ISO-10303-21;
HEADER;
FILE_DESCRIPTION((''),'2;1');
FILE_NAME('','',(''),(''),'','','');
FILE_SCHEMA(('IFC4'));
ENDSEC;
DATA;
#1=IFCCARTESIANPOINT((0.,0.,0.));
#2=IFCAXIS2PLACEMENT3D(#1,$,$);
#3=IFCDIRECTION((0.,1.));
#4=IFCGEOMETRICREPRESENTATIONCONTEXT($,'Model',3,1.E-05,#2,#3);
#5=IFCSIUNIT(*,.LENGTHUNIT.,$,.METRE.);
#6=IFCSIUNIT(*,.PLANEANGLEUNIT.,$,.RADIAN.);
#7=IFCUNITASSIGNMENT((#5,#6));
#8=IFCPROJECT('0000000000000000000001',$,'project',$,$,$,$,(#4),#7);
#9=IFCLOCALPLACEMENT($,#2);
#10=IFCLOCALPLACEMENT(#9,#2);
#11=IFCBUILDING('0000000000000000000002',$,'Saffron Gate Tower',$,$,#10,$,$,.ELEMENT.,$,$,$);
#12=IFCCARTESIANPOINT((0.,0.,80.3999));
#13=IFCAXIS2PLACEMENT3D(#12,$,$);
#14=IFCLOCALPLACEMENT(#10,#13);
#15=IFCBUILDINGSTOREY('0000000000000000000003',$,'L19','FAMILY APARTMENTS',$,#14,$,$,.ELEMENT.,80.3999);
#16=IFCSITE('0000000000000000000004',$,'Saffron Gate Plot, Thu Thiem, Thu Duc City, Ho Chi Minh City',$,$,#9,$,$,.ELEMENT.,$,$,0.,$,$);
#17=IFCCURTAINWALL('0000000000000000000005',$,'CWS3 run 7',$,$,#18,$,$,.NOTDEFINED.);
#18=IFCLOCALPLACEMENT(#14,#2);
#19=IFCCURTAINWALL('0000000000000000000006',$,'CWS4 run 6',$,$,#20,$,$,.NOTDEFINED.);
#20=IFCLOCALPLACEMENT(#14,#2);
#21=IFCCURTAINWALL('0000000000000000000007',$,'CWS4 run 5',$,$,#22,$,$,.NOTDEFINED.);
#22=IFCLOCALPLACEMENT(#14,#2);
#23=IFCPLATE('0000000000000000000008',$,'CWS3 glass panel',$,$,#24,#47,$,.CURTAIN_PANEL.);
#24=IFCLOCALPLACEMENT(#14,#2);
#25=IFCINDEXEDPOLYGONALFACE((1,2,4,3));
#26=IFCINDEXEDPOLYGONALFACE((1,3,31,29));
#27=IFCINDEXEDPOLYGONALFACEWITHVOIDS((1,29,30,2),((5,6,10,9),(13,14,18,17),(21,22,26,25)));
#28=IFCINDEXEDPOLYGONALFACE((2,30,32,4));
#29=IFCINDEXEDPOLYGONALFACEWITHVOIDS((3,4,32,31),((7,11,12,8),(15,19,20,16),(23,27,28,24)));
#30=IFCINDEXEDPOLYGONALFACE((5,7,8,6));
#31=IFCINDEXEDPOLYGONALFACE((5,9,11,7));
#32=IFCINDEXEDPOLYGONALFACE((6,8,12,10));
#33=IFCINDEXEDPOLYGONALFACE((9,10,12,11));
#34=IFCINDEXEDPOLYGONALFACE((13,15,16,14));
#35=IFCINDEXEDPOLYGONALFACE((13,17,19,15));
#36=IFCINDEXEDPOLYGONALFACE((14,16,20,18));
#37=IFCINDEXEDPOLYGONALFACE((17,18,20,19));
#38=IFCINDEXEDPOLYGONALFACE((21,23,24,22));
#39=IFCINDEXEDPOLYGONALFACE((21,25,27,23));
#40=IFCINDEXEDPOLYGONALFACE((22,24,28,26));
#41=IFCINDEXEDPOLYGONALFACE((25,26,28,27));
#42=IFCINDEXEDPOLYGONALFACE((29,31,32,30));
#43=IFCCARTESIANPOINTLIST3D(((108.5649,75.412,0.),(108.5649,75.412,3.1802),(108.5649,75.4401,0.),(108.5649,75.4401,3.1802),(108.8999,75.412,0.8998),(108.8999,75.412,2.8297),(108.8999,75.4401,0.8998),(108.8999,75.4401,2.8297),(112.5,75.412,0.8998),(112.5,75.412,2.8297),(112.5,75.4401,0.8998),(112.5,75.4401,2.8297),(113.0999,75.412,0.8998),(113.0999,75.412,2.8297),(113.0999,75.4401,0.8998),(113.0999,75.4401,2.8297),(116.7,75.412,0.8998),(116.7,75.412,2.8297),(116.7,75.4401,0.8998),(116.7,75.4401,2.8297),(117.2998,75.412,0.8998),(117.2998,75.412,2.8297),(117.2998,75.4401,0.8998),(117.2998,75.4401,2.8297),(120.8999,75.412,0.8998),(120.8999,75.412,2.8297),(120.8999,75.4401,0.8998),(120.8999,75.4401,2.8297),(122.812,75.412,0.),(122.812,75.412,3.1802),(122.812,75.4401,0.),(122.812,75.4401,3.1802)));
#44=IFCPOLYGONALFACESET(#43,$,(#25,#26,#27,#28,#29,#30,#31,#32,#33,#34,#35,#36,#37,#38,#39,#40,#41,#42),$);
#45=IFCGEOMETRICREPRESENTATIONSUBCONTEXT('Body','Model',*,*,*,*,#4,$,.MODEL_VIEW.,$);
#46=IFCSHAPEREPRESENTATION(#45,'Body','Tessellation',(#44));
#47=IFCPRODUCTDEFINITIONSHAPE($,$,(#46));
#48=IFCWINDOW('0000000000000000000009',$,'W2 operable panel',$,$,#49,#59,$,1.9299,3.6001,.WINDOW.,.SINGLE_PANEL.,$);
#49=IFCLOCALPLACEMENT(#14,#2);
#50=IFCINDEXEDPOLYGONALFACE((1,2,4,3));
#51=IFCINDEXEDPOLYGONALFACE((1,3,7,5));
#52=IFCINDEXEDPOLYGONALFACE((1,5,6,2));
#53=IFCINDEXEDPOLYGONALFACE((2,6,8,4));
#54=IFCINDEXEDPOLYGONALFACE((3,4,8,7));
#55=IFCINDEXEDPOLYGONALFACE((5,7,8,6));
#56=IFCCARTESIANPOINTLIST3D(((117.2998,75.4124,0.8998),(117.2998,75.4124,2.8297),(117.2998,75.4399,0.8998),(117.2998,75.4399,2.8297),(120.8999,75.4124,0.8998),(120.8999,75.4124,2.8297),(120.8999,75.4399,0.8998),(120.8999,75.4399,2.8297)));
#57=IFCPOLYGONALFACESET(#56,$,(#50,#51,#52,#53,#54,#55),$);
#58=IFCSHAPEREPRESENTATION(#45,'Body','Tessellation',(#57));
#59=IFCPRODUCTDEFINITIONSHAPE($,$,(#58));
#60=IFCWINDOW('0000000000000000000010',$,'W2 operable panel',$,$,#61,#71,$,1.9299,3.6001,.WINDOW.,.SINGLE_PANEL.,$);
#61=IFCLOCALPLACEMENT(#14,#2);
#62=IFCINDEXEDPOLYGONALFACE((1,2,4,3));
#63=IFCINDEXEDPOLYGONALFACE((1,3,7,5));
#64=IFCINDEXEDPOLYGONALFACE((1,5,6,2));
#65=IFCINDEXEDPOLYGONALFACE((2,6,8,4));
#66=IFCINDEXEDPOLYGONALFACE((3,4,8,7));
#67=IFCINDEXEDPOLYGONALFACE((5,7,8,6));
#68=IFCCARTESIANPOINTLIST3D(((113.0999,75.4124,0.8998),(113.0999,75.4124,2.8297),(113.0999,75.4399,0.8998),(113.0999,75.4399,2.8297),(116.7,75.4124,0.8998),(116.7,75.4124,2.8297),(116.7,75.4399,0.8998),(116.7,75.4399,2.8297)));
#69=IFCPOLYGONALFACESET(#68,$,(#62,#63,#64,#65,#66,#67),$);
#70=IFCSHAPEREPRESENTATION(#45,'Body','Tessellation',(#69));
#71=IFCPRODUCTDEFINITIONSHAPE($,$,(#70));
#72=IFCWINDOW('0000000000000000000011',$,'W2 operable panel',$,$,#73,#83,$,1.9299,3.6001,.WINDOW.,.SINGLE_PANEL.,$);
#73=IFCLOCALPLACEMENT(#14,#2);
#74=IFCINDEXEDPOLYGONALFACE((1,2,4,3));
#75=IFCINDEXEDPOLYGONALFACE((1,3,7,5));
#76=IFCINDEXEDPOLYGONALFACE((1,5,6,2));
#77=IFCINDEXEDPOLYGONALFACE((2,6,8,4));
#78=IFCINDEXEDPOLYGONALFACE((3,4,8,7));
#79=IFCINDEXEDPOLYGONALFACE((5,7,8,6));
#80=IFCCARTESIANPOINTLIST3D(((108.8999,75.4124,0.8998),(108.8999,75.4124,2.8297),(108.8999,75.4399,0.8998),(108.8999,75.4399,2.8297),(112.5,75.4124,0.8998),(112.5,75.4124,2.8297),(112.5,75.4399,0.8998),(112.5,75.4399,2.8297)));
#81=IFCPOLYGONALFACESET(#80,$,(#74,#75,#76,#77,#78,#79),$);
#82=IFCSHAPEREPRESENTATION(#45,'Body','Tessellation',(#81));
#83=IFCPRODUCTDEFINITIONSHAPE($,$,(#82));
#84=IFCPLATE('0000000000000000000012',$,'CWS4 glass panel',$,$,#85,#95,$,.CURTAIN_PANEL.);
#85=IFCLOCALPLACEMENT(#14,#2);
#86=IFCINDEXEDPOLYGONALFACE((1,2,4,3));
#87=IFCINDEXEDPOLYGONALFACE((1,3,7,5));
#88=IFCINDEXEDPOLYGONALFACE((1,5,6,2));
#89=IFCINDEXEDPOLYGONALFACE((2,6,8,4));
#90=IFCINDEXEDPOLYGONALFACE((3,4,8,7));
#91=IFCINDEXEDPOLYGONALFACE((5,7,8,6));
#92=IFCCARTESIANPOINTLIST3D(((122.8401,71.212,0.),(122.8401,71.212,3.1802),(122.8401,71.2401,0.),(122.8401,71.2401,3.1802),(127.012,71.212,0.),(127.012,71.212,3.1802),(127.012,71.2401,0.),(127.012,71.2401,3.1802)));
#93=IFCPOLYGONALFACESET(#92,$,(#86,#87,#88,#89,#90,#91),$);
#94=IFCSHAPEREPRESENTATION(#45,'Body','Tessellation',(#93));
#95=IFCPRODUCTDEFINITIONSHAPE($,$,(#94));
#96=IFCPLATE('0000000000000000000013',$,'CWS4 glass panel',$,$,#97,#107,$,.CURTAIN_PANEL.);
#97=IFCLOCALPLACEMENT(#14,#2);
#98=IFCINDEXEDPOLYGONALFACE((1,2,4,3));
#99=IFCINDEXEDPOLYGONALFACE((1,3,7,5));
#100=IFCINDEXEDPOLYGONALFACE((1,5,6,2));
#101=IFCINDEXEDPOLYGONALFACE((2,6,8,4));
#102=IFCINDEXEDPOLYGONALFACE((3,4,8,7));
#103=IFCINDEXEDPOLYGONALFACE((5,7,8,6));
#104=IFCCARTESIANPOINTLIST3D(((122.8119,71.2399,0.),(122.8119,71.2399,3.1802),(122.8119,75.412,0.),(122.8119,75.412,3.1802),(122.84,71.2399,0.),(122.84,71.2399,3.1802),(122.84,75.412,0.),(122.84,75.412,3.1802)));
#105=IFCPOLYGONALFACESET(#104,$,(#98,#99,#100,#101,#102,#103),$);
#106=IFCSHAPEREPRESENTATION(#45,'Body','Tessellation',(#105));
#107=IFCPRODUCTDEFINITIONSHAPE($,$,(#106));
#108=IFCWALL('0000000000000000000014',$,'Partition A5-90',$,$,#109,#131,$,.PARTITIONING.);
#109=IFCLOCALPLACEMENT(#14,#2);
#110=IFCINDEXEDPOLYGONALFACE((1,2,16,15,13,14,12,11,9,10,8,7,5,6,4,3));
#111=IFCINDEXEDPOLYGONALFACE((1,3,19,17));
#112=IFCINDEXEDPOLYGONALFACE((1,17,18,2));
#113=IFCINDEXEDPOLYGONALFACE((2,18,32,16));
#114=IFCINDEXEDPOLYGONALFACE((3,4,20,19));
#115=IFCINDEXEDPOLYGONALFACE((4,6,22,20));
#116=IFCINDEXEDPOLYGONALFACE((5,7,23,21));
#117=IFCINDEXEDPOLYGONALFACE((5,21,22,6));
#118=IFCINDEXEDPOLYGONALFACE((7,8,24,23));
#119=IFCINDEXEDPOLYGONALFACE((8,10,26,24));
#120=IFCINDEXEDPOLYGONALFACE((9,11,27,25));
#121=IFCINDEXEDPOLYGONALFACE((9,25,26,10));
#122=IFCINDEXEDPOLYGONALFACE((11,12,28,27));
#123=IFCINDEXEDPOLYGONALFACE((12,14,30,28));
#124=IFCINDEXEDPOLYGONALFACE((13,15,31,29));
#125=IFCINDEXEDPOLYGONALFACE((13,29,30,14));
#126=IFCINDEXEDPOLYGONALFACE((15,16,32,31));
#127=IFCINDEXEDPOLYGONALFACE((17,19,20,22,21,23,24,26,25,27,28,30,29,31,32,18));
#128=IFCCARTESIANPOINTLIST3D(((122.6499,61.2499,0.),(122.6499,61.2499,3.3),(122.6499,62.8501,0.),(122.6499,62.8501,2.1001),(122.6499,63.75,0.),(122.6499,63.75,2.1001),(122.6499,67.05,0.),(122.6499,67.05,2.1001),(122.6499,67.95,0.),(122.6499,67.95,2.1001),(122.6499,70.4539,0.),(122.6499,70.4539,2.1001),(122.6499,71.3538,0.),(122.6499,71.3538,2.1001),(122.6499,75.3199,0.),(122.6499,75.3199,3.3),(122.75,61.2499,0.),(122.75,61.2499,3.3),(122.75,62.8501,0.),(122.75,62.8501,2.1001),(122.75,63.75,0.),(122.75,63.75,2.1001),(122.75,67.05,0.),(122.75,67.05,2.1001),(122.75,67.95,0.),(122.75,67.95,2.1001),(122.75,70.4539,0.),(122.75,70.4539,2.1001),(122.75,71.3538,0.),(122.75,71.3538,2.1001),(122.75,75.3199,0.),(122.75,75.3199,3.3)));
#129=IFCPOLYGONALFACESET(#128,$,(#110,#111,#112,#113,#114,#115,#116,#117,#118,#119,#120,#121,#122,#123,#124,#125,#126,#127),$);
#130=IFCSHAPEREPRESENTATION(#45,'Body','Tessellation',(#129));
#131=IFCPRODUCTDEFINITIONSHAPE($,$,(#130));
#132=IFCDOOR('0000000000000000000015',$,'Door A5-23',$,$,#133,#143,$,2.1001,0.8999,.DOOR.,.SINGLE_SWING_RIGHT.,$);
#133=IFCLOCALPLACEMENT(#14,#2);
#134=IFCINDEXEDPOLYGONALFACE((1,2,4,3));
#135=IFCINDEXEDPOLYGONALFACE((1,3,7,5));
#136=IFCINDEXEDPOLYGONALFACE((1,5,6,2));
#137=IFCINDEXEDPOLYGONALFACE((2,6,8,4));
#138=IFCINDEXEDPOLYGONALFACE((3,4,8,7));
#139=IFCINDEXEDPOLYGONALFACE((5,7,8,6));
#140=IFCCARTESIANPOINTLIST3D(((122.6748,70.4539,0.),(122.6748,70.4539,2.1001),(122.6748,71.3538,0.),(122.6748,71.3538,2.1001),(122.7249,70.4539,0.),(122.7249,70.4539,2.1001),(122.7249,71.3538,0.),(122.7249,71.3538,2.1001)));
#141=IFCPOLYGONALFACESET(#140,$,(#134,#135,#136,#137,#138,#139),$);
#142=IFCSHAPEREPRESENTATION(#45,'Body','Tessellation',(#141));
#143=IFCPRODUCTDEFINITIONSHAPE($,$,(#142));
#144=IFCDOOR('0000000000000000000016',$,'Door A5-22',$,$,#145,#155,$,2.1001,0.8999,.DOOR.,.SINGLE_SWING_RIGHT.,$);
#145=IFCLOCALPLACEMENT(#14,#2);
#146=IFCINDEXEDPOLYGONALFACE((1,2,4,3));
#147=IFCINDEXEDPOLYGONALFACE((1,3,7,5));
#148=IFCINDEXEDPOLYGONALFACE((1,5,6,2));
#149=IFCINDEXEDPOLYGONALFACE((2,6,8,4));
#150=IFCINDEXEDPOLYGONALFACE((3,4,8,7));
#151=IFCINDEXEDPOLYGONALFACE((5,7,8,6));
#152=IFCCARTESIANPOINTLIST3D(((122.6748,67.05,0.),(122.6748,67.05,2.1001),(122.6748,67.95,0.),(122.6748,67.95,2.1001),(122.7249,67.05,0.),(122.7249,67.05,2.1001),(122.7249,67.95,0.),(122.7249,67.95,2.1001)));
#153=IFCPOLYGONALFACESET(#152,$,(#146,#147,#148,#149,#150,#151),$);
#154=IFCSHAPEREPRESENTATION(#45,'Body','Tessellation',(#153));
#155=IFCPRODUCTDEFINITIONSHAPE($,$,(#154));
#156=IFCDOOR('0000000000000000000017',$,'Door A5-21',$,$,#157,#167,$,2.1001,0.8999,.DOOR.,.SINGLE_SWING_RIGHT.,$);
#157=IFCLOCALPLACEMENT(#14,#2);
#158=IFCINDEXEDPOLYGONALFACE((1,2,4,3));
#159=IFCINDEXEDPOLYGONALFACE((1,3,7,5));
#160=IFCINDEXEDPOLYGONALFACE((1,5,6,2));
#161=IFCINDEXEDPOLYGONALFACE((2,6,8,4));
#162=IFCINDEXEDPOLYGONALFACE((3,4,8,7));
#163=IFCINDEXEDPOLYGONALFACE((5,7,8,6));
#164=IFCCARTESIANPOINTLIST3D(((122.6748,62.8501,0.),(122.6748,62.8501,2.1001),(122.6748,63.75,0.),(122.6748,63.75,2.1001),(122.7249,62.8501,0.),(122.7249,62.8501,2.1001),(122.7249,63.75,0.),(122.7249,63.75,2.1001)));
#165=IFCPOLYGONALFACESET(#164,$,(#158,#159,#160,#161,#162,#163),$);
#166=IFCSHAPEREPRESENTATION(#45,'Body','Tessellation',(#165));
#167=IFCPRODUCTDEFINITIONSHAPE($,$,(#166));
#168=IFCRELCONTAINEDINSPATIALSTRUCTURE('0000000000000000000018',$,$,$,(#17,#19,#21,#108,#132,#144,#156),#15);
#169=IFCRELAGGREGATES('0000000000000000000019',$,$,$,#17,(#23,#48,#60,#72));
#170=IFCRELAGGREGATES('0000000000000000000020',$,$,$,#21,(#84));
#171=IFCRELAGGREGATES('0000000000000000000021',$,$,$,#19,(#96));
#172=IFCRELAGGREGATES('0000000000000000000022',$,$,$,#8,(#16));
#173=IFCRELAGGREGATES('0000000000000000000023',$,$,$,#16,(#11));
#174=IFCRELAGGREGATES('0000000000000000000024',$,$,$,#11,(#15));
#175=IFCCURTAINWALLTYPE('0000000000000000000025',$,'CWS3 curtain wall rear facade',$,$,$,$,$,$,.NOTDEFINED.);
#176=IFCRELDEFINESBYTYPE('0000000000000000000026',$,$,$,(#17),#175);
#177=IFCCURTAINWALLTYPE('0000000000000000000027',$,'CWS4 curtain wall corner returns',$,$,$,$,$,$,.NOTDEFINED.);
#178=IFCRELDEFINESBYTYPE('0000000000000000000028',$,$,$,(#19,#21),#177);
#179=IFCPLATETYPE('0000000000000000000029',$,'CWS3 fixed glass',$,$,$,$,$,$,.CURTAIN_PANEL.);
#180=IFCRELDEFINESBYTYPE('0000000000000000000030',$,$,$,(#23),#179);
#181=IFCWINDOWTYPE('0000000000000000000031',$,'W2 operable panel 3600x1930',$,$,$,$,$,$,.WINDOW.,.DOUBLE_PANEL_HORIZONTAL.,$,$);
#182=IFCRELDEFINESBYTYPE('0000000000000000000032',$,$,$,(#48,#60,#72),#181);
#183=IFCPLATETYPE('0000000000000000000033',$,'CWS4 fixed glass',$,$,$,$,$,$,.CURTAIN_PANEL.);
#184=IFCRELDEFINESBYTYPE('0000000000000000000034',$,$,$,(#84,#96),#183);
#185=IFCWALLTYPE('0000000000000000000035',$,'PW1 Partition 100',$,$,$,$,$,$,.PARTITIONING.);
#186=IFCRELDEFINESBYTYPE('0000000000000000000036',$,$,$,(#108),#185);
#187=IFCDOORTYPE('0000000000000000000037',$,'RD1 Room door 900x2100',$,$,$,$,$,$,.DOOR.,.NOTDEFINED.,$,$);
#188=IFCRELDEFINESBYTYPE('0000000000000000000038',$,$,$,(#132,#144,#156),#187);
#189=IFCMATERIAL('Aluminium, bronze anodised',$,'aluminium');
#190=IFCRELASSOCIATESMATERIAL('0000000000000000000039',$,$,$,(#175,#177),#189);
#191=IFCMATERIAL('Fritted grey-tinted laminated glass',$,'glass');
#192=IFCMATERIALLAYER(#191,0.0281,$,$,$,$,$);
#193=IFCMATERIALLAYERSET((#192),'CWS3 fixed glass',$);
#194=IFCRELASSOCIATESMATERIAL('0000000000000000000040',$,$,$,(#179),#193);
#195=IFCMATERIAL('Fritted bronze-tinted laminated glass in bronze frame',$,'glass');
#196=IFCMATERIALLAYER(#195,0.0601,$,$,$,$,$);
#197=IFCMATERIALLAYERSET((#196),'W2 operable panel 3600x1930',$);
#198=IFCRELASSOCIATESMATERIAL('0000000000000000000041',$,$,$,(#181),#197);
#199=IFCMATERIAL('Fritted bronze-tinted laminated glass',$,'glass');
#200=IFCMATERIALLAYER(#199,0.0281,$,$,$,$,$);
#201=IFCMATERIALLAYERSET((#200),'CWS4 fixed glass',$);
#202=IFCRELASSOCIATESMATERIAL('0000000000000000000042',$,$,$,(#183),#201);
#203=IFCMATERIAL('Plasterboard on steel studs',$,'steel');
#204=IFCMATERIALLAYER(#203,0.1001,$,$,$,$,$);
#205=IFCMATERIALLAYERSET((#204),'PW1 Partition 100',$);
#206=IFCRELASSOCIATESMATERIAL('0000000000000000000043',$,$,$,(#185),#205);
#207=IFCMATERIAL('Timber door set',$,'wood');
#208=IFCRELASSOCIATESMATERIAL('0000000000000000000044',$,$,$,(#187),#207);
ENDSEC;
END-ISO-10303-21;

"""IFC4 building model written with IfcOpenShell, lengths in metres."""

from ifc_helpers import new_model, si_unit, direction, frame, frame_2d, origin, place, context, subcontext, project, spatial, rectangle, extrude, material, layer, layer_set, type_object, element, fill, aggregate, save


model = new_model("IFC4")

# Units and contexts
model_context = context("Model", 3, precision=1e-05, world=origin(), true_north=direction((0.0, 1.0)))
body_context = subcontext(model_context, "Body", "Model", "MODEL_VIEW")
ifc_project = project(units=[si_unit("LENGTHUNIT", "METRE"), si_unit("PLANEANGLEUNIT", "RADIAN")], contexts=[model_context])

# Site, building, storey
site_placement = place(None, origin())
site = spatial("IfcSite", under=ifc_project, at=site_placement, Name="Saffron Gate Plot, Thu Thiem, Thu Duc City, Ho Chi Minh City", CompositionType="ELEMENT", RefElevation=0.0)
building_placement = place(site_placement, origin())
building = spatial("IfcBuilding", under=site, at=building_placement, Name="Saffron Gate Tower", CompositionType="ELEMENT")
storey_placement = place(building_placement, frame((0.0, 0.0, 80.3999)))
storey = spatial("IfcBuildingStorey", under=building, at=storey_placement, Name="L19", Description="FAMILY APARTMENTS", CompositionType="ELEMENT", Elevation=80.3999)

# Curtain wall
ifc_material_1 = material(Name="Aluminium, bronze anodised", Category="aluminium")
curtain_wall_type_1 = type_object("IfcCurtainWallType", Name="CWS3 curtain wall rear facade", PredefinedType="NOTDEFINED", material=ifc_material_1)
curtain_wall_1_placement = place(storey_placement, origin())
curtain_wall_1 = element("IfcCurtainWall", 1, at=curtain_wall_1_placement, inside=storey, type_object=curtain_wall_type_1, Name="CWS3 run 7", PredefinedType="NOTDEFINED")

# Curtain wall
curtain_wall_type_2 = type_object("IfcCurtainWallType", Name="CWS4 curtain wall corner returns", PredefinedType="NOTDEFINED", material=ifc_material_1)
curtain_wall_2_placement = place(storey_placement, origin())
curtain_wall_2 = element("IfcCurtainWall", 2, at=curtain_wall_2_placement, inside=storey, type_object=curtain_wall_type_2, Name="CWS4 run 6", PredefinedType="NOTDEFINED")

# Curtain wall
curtain_wall_3_placement = place(storey_placement, origin())
curtain_wall_3 = element("IfcCurtainWall", 3, at=curtain_wall_3_placement, inside=storey, type_object=curtain_wall_type_2, Name="CWS4 run 5", PredefinedType="NOTDEFINED")

# Plate, openings, windows
ifc_material_2 = material(Name="Fritted grey-tinted laminated glass", Category="glass")
ifc_layer_1 = layer(ifc_material_2, 0.0281)
ifc_layer_set_1 = layer_set([ifc_layer_1], Name="CWS3 fixed glass")
plate_type_1 = type_object("IfcPlateType", Name="CWS3 fixed glass", PredefinedType="CURTAIN_PANEL", material=ifc_layer_set_1)
plate_1_placement = place(storey_placement, frame((122.812, 75.426, 0.0), z_axis=(0.0, 0.0, 1.0), x_axis=(-1.0, 0.0, 0.0)))
plate_1 = element("IfcPlate", 4, at=plate_1_placement, type_object=plate_type_1, Name="CWS3 glass panel", PredefinedType="CURTAIN_PANEL", context=body_context, shape_type="SweptSolid", body=[
    extrude(rectangle(XDim=14.2471, YDim=0.0281, at=frame_2d((7.1235, 0.0))), origin(), (0.0, 0.0, 1.0), 3.1802),
])
opening_1_placement = place(plate_1_placement, frame((1.9121, 0.0, 0.8999)))
opening_1 = element("IfcOpeningElement", 5, at=opening_1_placement, cuts=plate_1, PredefinedType="OPENING", context=body_context, shape_type="SweptSolid", body=[
    extrude(rectangle(XDim=3.6001, YDim=1.9299, at=frame_2d((1.8, 0.9648))), frame((0.0, 0.0239, 0.0), z_axis=(0.0, -1.0, 0.0), x_axis=(1.0, 0.0, 0.0)), (0.0, 0.0, 1.0), 0.0481),
])
opening_2_placement = place(plate_1_placement, frame((6.1121, 0.0, 0.8999)))
opening_2 = element("IfcOpeningElement", 6, at=opening_2_placement, cuts=plate_1, PredefinedType="OPENING", context=body_context, shape_type="SweptSolid", body=[
    extrude(rectangle(XDim=3.6001, YDim=1.9299, at=frame_2d((1.8, 0.9648))), frame((0.0, 0.0239, 0.0), z_axis=(0.0, -1.0, 0.0), x_axis=(1.0, 0.0, 0.0)), (0.0, 0.0, 1.0), 0.0481),
])
opening_3_placement = place(plate_1_placement, frame((10.312, 0.0, 0.8999)))
opening_3 = element("IfcOpeningElement", 7, at=opening_3_placement, cuts=plate_1, PredefinedType="OPENING", context=body_context, shape_type="SweptSolid", body=[
    extrude(rectangle(XDim=3.6001, YDim=1.9299, at=frame_2d((1.8, 0.9648))), frame((0.0, 0.0239, 0.0), z_axis=(0.0, -1.0, 0.0), x_axis=(1.0, 0.0, 0.0)), (0.0, 0.0, 1.0), 0.0481),
])
ifc_material_3 = material(Name="Fritted bronze-tinted laminated glass in bronze frame", Category="glass")
ifc_layer_2 = layer(ifc_material_3, 0.0601)
ifc_layer_set_2 = layer_set([ifc_layer_2], Name="W2 operable panel 3600x1930")
window_type = type_object("IfcWindowType", Name="W2 operable panel 3600x1930", PartitioningType="DOUBLE_PANEL_HORIZONTAL", PredefinedType="WINDOW", material=ifc_layer_set_2)
window_1_placement = place(opening_1_placement, origin())
window_1 = element("IfcWindow", 8, at=window_1_placement, type_object=window_type, Name="W2 operable panel", OverallHeight=1.9299, OverallWidth=3.6001, PartitioningType="SINGLE_PANEL", PredefinedType="WINDOW", context=body_context, shape_type="SweptSolid", body=[
    extrude(rectangle(XDim=3.6001, YDim=1.9299, at=frame_2d((1.8, 0.9648))), frame((0.0, 0.0137, 0.0), z_axis=(0.0, -1.0, 0.0), x_axis=(1.0, 0.0, 0.0)), (0.0, 0.0, 1.0), 0.0276),
])
fill(opening_1, window_1)
window_2_placement = place(opening_2_placement, origin())
window_2 = element("IfcWindow", 9, at=window_2_placement, type_object=window_type, Name="W2 operable panel", OverallHeight=1.9299, OverallWidth=3.6001, PartitioningType="SINGLE_PANEL", PredefinedType="WINDOW", context=body_context, shape_type="SweptSolid", body=[
    extrude(rectangle(XDim=3.6001, YDim=1.9299, at=frame_2d((1.8, 0.9648))), frame((0.0, 0.0137, 0.0), z_axis=(0.0, -1.0, 0.0), x_axis=(1.0, 0.0, 0.0)), (0.0, 0.0, 1.0), 0.0276),
])
fill(opening_2, window_2)
window_3_placement = place(opening_3_placement, origin())
window_3 = element("IfcWindow", 10, at=window_3_placement, type_object=window_type, Name="W2 operable panel", OverallHeight=1.9299, OverallWidth=3.6001, PartitioningType="SINGLE_PANEL", PredefinedType="WINDOW", context=body_context, shape_type="SweptSolid", body=[
    extrude(rectangle(XDim=3.6001, YDim=1.9299, at=frame_2d((1.8, 0.9648))), frame((0.0, 0.0137, 0.0), z_axis=(0.0, -1.0, 0.0), x_axis=(1.0, 0.0, 0.0)), (0.0, 0.0, 1.0), 0.0276),
])
fill(opening_3, window_3)
aggregate(curtain_wall_1, [plate_1, window_1, window_2, window_3])

# Plates
ifc_material_4 = material(Name="Fritted bronze-tinted laminated glass", Category="glass")
ifc_layer_3 = layer(ifc_material_4, 0.0281)
ifc_layer_set_3 = layer_set([ifc_layer_3], Name="CWS4 fixed glass")
plate_type_2 = type_object("IfcPlateType", Name="CWS4 fixed glass", PredefinedType="CURTAIN_PANEL", material=ifc_layer_set_3)
plate_2_placement = place(storey_placement, frame((127.012, 71.2261, 0.0), z_axis=(0.0, 0.0, 1.0), x_axis=(-1.0, 0.0, 0.0)))
plate_2 = element("IfcPlate", 11, at=plate_2_placement, type_object=plate_type_2, Name="CWS4 glass panel", PredefinedType="CURTAIN_PANEL", context=body_context, shape_type="SweptSolid", body=[
    extrude(rectangle(XDim=4.1719, YDim=0.0281, at=frame_2d((2.0859, 0.0))), origin(), (0.0, 0.0, 1.0), 3.1802),
])
aggregate(curtain_wall_3, [plate_2])
plate_3_placement = place(storey_placement, frame((122.8259, 71.24, 0.0), z_axis=(0.0, 0.0, 1.0), x_axis=(0.0, 1.0, 0.0)))
plate_3 = element("IfcPlate", 12, at=plate_3_placement, type_object=plate_type_2, Name="CWS4 glass panel", PredefinedType="CURTAIN_PANEL", context=body_context, shape_type="SweptSolid", body=[
    extrude(rectangle(XDim=4.1721, YDim=0.0281, at=frame_2d((2.0859, 0.0))), origin(), (0.0, 0.0, 1.0), 3.1802),
])
aggregate(curtain_wall_2, [plate_3])

# Wall, openings, doors
ifc_material_5 = material(Name="Plasterboard on steel studs", Category="steel")
ifc_layer_4 = layer(ifc_material_5, 0.1001)
ifc_layer_set_4 = layer_set([ifc_layer_4], Name="PW1 Partition 100")
wall_type = type_object("IfcWallType", Name="PW1 Partition 100", PredefinedType="PARTITIONING", material=ifc_layer_set_4)
wall_placement = place(storey_placement, frame((122.7, 75.3201, 0.0), z_axis=(0.0, 0.0, 1.0), x_axis=(0.0, -1.0, 0.0)))
wall = element("IfcWall", 13, at=wall_placement, inside=storey, type_object=wall_type, Name="Partition A5-90", PredefinedType="PARTITIONING", context=body_context, shape_type="SweptSolid", body=[
    extrude(rectangle(XDim=14.0701, YDim=0.1001, at=frame_2d((7.0352, 0.0))), origin(), (0.0, 0.0, 1.0), 3.3),
])
opening_4_placement = place(wall_placement, frame((3.9663, 0.0, 0.0)))
opening_4 = element("IfcOpeningElement", 14, at=opening_4_placement, cuts=wall, PredefinedType="OPENING", context=body_context, shape_type="SweptSolid", body=[
    extrude(rectangle(XDim=0.8999, YDim=2.1001, at=frame_2d((0.45, 1.05))), frame((0.0, 0.0601, 0.0), z_axis=(0.0, -1.0, 0.0), x_axis=(1.0, 0.0, 0.0)), (0.0, 0.0, 1.0), 0.1201),
])
opening_5_placement = place(wall_placement, frame((7.3701, 0.0, 0.0)))
opening_5 = element("IfcOpeningElement", 15, at=opening_5_placement, cuts=wall, PredefinedType="OPENING", context=body_context, shape_type="SweptSolid", body=[
    extrude(rectangle(XDim=0.8999, YDim=2.1001, at=frame_2d((0.45, 1.05))), frame((0.0, 0.0601, 0.0), z_axis=(0.0, -1.0, 0.0), x_axis=(1.0, 0.0, 0.0)), (0.0, 0.0, 1.0), 0.1201),
])
opening_6_placement = place(wall_placement, frame((11.5701, 0.0, 0.0)))
opening_6 = element("IfcOpeningElement", 16, at=opening_6_placement, cuts=wall, PredefinedType="OPENING", context=body_context, shape_type="SweptSolid", body=[
    extrude(rectangle(XDim=0.8999, YDim=2.1001, at=frame_2d((0.45, 1.05))), frame((0.0, 0.0601, 0.0), z_axis=(0.0, -1.0, 0.0), x_axis=(1.0, 0.0, 0.0)), (0.0, 0.0, 1.0), 0.1201),
])
ifc_material_6 = material(Name="Timber door set", Category="wood")
door_type = type_object("IfcDoorType", Name="RD1 Room door 900x2100", OperationType="NOTDEFINED", PredefinedType="DOOR", material=ifc_material_6)
door_1_placement = place(opening_4_placement, origin())
door_1 = element("IfcDoor", 17, at=door_1_placement, inside=storey, type_object=door_type, Name="Door A5-23", OperationType="SINGLE_SWING_RIGHT", OverallHeight=2.1001, OverallWidth=0.8999, PredefinedType="DOOR", context=body_context, shape_type="SweptSolid", body=[
    extrude(rectangle(XDim=0.8999, YDim=2.1001, at=frame_2d((0.45, 1.05))), frame((0.0, 0.0249, 0.0), z_axis=(0.0, -1.0, 0.0), x_axis=(1.0, 0.0, 0.0)), (0.0, 0.0, 1.0), 0.05),
])
fill(opening_4, door_1)
door_2_placement = place(opening_5_placement, origin())
door_2 = element("IfcDoor", 18, at=door_2_placement, inside=storey, type_object=door_type, Name="Door A5-22", OperationType="SINGLE_SWING_RIGHT", OverallHeight=2.1001, OverallWidth=0.8999, PredefinedType="DOOR", context=body_context, shape_type="SweptSolid", body=[
    extrude(rectangle(XDim=0.8999, YDim=2.1001, at=frame_2d((0.45, 1.05))), frame((0.0, 0.0249, 0.0), z_axis=(0.0, -1.0, 0.0), x_axis=(1.0, 0.0, 0.0)), (0.0, 0.0, 1.0), 0.05),
])
fill(opening_5, door_2)
door_3_placement = place(opening_6_placement, origin())
door_3 = element("IfcDoor", 19, at=door_3_placement, inside=storey, type_object=door_type, Name="Door A5-21", OperationType="SINGLE_SWING_RIGHT", OverallHeight=2.1001, OverallWidth=0.8999, PredefinedType="DOOR", context=body_context, shape_type="SweptSolid", body=[
    extrude(rectangle(XDim=0.8999, YDim=2.1001, at=frame_2d((0.45, 1.05))), frame((0.0, 0.0249, 0.0), z_axis=(0.0, -1.0, 0.0), x_axis=(1.0, 0.0, 0.0)), (0.0, 0.0, 1.0), 0.05),
])
fill(opening_6, door_3)

save(model, "model.ifc")
